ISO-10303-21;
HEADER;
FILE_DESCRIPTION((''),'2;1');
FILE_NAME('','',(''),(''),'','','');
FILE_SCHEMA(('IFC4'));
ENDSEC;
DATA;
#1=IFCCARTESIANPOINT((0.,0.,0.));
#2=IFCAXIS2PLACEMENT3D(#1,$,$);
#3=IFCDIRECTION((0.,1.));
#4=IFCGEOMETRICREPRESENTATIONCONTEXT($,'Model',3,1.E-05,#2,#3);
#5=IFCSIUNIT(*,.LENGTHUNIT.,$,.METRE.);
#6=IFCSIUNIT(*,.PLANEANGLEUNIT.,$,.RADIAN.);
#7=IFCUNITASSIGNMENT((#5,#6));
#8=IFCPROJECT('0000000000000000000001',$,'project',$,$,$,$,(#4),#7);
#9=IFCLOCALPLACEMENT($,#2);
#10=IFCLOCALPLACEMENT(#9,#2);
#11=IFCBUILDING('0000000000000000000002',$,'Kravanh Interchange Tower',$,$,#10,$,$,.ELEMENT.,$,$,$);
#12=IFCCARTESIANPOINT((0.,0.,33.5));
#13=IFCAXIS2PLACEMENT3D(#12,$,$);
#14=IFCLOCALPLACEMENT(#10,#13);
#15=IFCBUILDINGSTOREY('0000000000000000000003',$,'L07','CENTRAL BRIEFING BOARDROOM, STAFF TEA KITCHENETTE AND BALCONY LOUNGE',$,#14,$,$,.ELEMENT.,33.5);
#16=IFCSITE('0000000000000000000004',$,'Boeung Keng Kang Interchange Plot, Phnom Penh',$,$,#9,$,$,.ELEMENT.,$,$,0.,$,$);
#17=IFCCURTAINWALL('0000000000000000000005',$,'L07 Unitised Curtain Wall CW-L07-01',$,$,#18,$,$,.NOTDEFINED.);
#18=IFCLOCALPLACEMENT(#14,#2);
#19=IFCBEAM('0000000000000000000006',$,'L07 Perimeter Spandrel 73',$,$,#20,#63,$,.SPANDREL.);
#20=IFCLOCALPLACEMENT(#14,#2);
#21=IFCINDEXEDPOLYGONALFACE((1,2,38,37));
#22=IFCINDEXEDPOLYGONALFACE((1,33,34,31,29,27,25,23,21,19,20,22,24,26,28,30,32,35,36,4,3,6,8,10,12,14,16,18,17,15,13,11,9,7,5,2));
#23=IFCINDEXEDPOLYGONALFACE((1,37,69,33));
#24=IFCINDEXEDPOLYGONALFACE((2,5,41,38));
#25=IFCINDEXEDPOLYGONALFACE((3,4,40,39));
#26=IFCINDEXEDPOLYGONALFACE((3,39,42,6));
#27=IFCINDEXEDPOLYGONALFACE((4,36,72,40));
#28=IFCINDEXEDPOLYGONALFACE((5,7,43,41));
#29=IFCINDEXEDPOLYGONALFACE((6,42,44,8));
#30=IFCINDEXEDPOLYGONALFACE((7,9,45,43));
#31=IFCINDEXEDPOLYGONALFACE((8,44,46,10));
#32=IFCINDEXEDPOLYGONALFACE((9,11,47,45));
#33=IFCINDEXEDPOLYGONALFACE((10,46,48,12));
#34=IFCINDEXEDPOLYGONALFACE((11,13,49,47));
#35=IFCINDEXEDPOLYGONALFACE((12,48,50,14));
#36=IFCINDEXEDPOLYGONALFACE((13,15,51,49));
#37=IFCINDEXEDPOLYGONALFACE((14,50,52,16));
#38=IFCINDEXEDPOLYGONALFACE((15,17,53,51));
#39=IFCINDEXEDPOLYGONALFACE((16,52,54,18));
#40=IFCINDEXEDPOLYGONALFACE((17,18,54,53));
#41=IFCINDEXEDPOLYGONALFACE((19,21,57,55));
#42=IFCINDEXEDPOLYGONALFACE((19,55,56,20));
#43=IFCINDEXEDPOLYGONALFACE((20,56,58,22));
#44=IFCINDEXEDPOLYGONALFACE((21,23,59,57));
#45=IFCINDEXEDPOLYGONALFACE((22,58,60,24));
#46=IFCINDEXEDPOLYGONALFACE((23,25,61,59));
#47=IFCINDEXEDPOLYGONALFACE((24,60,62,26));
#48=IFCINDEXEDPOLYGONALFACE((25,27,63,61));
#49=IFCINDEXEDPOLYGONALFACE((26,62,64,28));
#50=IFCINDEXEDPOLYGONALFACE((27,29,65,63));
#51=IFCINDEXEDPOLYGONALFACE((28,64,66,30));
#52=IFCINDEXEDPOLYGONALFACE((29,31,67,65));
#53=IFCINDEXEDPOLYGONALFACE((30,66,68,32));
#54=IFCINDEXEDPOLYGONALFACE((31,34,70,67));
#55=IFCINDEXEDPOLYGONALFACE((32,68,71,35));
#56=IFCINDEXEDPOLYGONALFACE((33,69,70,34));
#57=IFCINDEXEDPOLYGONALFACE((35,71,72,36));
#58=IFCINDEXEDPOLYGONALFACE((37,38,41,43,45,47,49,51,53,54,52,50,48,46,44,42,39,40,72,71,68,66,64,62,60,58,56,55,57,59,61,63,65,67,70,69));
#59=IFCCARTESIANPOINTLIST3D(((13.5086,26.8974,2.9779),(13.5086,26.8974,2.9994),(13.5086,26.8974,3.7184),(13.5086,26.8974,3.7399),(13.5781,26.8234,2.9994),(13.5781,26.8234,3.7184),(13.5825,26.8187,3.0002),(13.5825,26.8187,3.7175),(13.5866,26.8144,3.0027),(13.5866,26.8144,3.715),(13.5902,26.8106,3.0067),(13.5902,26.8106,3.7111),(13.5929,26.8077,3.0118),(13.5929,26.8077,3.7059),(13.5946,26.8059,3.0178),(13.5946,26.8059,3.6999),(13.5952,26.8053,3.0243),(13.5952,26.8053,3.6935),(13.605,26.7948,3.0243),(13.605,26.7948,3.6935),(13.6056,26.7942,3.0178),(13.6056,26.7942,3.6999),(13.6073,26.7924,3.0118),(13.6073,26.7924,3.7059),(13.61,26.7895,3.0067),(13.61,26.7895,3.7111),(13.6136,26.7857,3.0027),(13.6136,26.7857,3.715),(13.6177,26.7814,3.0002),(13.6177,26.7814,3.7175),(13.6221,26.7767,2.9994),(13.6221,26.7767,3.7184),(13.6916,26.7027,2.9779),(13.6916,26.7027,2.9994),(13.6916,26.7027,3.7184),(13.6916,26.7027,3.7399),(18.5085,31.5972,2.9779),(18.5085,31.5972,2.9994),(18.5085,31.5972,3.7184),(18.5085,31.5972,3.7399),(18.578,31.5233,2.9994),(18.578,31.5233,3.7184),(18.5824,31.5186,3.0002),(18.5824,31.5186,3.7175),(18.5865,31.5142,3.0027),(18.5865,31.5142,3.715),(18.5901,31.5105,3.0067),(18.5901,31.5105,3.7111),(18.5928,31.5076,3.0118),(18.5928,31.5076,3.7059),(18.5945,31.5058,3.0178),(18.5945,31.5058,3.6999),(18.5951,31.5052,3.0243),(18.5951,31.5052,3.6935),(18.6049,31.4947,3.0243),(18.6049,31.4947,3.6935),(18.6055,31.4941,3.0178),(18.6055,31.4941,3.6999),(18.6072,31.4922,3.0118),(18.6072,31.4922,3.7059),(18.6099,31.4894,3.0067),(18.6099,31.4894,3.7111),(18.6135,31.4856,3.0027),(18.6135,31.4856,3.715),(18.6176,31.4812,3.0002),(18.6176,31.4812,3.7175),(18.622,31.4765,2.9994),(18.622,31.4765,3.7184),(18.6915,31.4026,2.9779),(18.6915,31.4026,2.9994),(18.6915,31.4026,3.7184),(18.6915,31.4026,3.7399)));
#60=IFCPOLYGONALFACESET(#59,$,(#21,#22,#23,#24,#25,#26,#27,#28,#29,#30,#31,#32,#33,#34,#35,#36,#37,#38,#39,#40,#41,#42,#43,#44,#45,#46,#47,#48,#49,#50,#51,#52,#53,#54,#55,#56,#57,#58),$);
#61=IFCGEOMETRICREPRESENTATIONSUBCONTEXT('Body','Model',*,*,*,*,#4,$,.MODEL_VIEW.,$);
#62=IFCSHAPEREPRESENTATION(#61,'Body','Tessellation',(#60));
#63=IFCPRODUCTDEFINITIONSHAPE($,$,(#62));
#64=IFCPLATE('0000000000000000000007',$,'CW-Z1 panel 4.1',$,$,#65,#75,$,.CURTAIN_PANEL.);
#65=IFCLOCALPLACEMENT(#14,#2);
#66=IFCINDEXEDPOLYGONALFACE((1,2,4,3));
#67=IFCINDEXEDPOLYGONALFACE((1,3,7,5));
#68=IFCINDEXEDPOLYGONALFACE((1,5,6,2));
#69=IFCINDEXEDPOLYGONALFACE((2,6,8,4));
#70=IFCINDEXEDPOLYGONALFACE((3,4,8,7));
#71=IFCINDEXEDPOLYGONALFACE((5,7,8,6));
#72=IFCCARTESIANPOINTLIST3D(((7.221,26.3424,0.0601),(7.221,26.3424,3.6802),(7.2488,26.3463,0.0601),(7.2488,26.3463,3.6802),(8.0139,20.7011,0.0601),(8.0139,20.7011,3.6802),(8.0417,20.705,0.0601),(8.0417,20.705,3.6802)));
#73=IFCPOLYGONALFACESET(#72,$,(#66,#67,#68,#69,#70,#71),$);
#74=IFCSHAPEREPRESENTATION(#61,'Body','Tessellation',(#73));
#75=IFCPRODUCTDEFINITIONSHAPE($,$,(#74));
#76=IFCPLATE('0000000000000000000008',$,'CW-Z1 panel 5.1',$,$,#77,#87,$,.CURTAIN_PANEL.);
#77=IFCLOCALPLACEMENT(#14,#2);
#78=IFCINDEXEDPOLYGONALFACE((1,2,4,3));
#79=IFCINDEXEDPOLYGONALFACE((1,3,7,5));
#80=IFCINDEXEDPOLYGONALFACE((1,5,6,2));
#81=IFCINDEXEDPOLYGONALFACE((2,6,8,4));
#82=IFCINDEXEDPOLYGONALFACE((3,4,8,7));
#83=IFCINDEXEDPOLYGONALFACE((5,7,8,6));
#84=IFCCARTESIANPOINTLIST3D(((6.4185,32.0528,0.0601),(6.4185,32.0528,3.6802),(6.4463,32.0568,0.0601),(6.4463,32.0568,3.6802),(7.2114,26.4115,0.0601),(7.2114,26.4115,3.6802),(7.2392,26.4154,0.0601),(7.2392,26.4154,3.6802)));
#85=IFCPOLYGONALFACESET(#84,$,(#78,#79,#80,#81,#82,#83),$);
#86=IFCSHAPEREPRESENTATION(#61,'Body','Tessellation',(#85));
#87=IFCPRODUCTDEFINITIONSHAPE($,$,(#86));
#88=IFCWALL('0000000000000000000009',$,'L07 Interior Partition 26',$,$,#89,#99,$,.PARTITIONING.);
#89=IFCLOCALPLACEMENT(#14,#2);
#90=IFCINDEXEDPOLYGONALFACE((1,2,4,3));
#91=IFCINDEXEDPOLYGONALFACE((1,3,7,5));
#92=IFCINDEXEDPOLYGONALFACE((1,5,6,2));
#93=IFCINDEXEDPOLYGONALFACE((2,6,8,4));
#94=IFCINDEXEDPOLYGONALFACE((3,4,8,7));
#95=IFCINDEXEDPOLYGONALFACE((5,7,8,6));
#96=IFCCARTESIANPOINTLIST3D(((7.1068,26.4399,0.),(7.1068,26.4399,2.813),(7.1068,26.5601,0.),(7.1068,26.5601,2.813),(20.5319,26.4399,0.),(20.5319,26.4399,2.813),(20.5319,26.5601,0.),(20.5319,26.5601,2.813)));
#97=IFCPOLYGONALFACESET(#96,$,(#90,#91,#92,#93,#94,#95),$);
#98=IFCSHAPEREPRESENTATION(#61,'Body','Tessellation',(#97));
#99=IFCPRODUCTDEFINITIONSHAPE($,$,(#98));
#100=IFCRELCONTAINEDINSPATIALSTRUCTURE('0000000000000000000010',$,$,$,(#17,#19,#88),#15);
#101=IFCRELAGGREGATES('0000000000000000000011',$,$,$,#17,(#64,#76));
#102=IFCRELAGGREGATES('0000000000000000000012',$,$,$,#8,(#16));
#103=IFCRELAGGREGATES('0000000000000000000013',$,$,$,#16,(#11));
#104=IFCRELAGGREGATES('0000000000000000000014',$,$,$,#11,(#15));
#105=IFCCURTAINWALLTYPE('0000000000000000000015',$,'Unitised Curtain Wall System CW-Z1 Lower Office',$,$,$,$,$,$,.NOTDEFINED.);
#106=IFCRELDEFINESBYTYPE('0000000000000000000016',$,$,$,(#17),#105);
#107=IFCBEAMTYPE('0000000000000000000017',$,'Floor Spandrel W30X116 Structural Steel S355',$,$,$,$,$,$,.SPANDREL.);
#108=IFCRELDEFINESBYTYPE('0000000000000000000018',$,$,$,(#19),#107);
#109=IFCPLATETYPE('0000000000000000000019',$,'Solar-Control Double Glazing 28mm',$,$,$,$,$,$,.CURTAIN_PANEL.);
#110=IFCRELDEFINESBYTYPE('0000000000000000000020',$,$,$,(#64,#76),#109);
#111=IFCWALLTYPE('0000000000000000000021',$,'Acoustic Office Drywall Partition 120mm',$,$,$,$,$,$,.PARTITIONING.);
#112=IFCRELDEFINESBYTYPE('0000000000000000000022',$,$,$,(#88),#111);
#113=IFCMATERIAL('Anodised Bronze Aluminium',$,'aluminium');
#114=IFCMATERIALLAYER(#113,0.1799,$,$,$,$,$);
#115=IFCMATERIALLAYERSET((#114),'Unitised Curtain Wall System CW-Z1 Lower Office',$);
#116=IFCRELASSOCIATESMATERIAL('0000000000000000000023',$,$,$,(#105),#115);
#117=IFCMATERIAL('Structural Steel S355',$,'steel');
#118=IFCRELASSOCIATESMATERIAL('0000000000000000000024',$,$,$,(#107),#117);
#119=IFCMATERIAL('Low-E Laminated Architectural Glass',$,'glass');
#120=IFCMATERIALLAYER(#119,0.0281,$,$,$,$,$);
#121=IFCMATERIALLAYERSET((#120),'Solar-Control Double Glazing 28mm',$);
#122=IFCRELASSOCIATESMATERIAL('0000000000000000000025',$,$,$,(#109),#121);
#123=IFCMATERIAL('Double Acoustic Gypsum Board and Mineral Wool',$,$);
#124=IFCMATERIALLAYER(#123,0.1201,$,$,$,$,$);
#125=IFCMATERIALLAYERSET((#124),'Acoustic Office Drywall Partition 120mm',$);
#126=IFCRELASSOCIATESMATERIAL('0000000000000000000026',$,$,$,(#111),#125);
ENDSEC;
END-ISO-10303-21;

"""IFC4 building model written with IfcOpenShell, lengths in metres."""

from ifc_helpers import new_model, si_unit, direction, frame, frame_2d, origin, origin_2d, place, context, subcontext, project, spatial, rectangle, i_section, extrude, material, layer, layer_set, material_profile, profile_set, type_object, element, aggregate, save


model = new_model("IFC4")

# Units and contexts
model_context = context("Model", 3, precision=1e-05, world=origin(), true_north=direction((0.0, 1.0)))
body_context = subcontext(model_context, "Body", "Model", "MODEL_VIEW")
ifc_project = project(units=[si_unit("LENGTHUNIT", "METRE"), si_unit("PLANEANGLEUNIT", "RADIAN")], contexts=[model_context])

# Site, building, storey
site_placement = place(None, origin())
site = spatial("IfcSite", under=ifc_project, at=site_placement, Name="Boeung Keng Kang Interchange Plot, Phnom Penh", CompositionType="ELEMENT", RefElevation=0.0)
building_placement = place(site_placement, origin())
building = spatial("IfcBuilding", under=site, at=building_placement, Name="Kravanh Interchange Tower", CompositionType="ELEMENT")
storey_placement = place(building_placement, frame((0.0, 0.0, 33.5)))
storey = spatial("IfcBuildingStorey", under=building, at=storey_placement, Name="L07", Description="CENTRAL BRIEFING BOARDROOM, STAFF TEA KITCHENETTE AND BALCONY LOUNGE", CompositionType="ELEMENT", Elevation=33.5)

# Curtain wall
ifc_material_1 = material(Name="Anodised Bronze Aluminium", Category="aluminium")
ifc_layer_1 = layer(ifc_material_1, 0.1799)
ifc_layer_set_1 = layer_set([ifc_layer_1], Name="Unitised Curtain Wall System CW-Z1 Lower Office")
curtain_wall_type = type_object("IfcCurtainWallType", Name="Unitised Curtain Wall System CW-Z1 Lower Office", PredefinedType="NOTDEFINED", material=ifc_layer_set_1)
curtain_wall_placement = place(storey_placement, origin())
curtain_wall = element("IfcCurtainWall", 1, at=curtain_wall_placement, inside=storey, type_object=curtain_wall_type, Name="L07 Unitised Curtain Wall CW-L07-01", PredefinedType="NOTDEFINED")

# Beam
ifc_material_2 = material(Name="Structural Steel S355", Category="steel")
ifc_material_profile_1 = material_profile(ifc_material_2, i_section(OverallWidth=0.2671, OverallDepth=0.762, WebThickness=0.0144, FlangeThickness=0.0215, FilletRadius=0.0249, at=origin_2d()), Name="W30X116")
ifc_profile_set_1 = profile_set([ifc_material_profile_1], Name="Structural Steel S355")
beam_type_1 = type_object("IfcBeamType", Name="Floor Spandrel W30X116 Structural Steel S355", PredefinedType="SPANDREL", material=ifc_profile_set_1)
for number, where, z_axis, x_axis, name in (
    (2, (13.6001, 26.8, 3.3589), (0.728631, 0.684906, 0.0), (-0.684906, 0.728631, 0.0), "L07 Perimeter Spandrel 73"),
):
    element("IfcBeam", number, at=place(storey_placement, frame(where, z_axis=z_axis, x_axis=x_axis)), inside=storey, type_object=beam_type_1, Name=name, PredefinedType="SPANDREL", context=body_context, shape_type="SweptSolid", body=[
        extrude(i_section(OverallWidth=0.2671, OverallDepth=0.762, WebThickness=0.0144, FlangeThickness=0.0215, FilletRadius=0.0249, at=origin_2d()), origin(), (0.0, 0.0, 1.0), 6.8621),
    ])

# Plates
ifc_material_3 = material(Name="Low-E Laminated Architectural Glass", Category="glass")
ifc_layer_2 = layer(ifc_material_3, 0.0281)
ifc_layer_set_2 = layer_set([ifc_layer_2], Name="Solar-Control Double Glazing 28mm")
plate_type = type_object("IfcPlateType", Name="Solar-Control Double Glazing 28mm", PredefinedType="CURTAIN_PANEL", material=ifc_layer_set_2)
plate_1_placement = place(storey_placement, frame((7.6313, 23.5237, 0.0601), z_axis=(0.0, 0.0, 1.0), x_axis=(-0.139177, 0.990268, 0.0)))
plate_1 = element("IfcPlate", 3, at=plate_1_placement, type_object=plate_type, Name="CW-Z1 panel 4.1", PredefinedType="CURTAIN_PANEL", context=body_context, shape_type="SweptSolid", body=[
    extrude(rectangle(XDim=5.6968, YDim=0.0281, at=origin_2d()), origin(), (0.0, 0.0, 1.0), 3.6201),
])
plate_2_placement = place(storey_placement, frame((6.8289, 29.2341, 0.0601), z_axis=(0.0, 0.0, 1.0), x_axis=(-0.139177, 0.990268, 0.0)))
plate_2 = element("IfcPlate", 4, at=plate_2_placement, type_object=plate_type, Name="CW-Z1 panel 5.1", PredefinedType="CURTAIN_PANEL", context=body_context, shape_type="SweptSolid", body=[
    extrude(rectangle(XDim=5.6968, YDim=0.0281, at=origin_2d()), origin(), (0.0, 0.0, 1.0), 3.6201),
])
aggregate(curtain_wall, [plate_1, plate_2])

# Wall
ifc_material_4 = material(Name="Double Acoustic Gypsum Board and Mineral Wool")
ifc_layer_3 = layer(ifc_material_4, 0.1201)
ifc_layer_set_3 = layer_set([ifc_layer_3], Name="Acoustic Office Drywall Partition 120mm")
wall_type = type_object("IfcWallType", Name="Acoustic Office Drywall Partition 120mm", PredefinedType="PARTITIONING", material=ifc_layer_set_3)
wall_placement = place(storey_placement, frame((7.1069, 26.5, 0.0), z_axis=(0.0, 0.0, 1.0), x_axis=(1.0, 0.0, 0.0)))
element("IfcWall", 5, at=wall_placement, inside=storey, type_object=wall_type, Name="L07 Interior Partition 26", PredefinedType="PARTITIONING", context=body_context, shape_type="SweptSolid", body=[
    extrude(rectangle(XDim=13.425, YDim=0.1201, at=frame_2d((6.7124, 0.0))), origin(), (0.0, 0.0, 1.0), 2.813),
])

save(model, "model.ifc")
